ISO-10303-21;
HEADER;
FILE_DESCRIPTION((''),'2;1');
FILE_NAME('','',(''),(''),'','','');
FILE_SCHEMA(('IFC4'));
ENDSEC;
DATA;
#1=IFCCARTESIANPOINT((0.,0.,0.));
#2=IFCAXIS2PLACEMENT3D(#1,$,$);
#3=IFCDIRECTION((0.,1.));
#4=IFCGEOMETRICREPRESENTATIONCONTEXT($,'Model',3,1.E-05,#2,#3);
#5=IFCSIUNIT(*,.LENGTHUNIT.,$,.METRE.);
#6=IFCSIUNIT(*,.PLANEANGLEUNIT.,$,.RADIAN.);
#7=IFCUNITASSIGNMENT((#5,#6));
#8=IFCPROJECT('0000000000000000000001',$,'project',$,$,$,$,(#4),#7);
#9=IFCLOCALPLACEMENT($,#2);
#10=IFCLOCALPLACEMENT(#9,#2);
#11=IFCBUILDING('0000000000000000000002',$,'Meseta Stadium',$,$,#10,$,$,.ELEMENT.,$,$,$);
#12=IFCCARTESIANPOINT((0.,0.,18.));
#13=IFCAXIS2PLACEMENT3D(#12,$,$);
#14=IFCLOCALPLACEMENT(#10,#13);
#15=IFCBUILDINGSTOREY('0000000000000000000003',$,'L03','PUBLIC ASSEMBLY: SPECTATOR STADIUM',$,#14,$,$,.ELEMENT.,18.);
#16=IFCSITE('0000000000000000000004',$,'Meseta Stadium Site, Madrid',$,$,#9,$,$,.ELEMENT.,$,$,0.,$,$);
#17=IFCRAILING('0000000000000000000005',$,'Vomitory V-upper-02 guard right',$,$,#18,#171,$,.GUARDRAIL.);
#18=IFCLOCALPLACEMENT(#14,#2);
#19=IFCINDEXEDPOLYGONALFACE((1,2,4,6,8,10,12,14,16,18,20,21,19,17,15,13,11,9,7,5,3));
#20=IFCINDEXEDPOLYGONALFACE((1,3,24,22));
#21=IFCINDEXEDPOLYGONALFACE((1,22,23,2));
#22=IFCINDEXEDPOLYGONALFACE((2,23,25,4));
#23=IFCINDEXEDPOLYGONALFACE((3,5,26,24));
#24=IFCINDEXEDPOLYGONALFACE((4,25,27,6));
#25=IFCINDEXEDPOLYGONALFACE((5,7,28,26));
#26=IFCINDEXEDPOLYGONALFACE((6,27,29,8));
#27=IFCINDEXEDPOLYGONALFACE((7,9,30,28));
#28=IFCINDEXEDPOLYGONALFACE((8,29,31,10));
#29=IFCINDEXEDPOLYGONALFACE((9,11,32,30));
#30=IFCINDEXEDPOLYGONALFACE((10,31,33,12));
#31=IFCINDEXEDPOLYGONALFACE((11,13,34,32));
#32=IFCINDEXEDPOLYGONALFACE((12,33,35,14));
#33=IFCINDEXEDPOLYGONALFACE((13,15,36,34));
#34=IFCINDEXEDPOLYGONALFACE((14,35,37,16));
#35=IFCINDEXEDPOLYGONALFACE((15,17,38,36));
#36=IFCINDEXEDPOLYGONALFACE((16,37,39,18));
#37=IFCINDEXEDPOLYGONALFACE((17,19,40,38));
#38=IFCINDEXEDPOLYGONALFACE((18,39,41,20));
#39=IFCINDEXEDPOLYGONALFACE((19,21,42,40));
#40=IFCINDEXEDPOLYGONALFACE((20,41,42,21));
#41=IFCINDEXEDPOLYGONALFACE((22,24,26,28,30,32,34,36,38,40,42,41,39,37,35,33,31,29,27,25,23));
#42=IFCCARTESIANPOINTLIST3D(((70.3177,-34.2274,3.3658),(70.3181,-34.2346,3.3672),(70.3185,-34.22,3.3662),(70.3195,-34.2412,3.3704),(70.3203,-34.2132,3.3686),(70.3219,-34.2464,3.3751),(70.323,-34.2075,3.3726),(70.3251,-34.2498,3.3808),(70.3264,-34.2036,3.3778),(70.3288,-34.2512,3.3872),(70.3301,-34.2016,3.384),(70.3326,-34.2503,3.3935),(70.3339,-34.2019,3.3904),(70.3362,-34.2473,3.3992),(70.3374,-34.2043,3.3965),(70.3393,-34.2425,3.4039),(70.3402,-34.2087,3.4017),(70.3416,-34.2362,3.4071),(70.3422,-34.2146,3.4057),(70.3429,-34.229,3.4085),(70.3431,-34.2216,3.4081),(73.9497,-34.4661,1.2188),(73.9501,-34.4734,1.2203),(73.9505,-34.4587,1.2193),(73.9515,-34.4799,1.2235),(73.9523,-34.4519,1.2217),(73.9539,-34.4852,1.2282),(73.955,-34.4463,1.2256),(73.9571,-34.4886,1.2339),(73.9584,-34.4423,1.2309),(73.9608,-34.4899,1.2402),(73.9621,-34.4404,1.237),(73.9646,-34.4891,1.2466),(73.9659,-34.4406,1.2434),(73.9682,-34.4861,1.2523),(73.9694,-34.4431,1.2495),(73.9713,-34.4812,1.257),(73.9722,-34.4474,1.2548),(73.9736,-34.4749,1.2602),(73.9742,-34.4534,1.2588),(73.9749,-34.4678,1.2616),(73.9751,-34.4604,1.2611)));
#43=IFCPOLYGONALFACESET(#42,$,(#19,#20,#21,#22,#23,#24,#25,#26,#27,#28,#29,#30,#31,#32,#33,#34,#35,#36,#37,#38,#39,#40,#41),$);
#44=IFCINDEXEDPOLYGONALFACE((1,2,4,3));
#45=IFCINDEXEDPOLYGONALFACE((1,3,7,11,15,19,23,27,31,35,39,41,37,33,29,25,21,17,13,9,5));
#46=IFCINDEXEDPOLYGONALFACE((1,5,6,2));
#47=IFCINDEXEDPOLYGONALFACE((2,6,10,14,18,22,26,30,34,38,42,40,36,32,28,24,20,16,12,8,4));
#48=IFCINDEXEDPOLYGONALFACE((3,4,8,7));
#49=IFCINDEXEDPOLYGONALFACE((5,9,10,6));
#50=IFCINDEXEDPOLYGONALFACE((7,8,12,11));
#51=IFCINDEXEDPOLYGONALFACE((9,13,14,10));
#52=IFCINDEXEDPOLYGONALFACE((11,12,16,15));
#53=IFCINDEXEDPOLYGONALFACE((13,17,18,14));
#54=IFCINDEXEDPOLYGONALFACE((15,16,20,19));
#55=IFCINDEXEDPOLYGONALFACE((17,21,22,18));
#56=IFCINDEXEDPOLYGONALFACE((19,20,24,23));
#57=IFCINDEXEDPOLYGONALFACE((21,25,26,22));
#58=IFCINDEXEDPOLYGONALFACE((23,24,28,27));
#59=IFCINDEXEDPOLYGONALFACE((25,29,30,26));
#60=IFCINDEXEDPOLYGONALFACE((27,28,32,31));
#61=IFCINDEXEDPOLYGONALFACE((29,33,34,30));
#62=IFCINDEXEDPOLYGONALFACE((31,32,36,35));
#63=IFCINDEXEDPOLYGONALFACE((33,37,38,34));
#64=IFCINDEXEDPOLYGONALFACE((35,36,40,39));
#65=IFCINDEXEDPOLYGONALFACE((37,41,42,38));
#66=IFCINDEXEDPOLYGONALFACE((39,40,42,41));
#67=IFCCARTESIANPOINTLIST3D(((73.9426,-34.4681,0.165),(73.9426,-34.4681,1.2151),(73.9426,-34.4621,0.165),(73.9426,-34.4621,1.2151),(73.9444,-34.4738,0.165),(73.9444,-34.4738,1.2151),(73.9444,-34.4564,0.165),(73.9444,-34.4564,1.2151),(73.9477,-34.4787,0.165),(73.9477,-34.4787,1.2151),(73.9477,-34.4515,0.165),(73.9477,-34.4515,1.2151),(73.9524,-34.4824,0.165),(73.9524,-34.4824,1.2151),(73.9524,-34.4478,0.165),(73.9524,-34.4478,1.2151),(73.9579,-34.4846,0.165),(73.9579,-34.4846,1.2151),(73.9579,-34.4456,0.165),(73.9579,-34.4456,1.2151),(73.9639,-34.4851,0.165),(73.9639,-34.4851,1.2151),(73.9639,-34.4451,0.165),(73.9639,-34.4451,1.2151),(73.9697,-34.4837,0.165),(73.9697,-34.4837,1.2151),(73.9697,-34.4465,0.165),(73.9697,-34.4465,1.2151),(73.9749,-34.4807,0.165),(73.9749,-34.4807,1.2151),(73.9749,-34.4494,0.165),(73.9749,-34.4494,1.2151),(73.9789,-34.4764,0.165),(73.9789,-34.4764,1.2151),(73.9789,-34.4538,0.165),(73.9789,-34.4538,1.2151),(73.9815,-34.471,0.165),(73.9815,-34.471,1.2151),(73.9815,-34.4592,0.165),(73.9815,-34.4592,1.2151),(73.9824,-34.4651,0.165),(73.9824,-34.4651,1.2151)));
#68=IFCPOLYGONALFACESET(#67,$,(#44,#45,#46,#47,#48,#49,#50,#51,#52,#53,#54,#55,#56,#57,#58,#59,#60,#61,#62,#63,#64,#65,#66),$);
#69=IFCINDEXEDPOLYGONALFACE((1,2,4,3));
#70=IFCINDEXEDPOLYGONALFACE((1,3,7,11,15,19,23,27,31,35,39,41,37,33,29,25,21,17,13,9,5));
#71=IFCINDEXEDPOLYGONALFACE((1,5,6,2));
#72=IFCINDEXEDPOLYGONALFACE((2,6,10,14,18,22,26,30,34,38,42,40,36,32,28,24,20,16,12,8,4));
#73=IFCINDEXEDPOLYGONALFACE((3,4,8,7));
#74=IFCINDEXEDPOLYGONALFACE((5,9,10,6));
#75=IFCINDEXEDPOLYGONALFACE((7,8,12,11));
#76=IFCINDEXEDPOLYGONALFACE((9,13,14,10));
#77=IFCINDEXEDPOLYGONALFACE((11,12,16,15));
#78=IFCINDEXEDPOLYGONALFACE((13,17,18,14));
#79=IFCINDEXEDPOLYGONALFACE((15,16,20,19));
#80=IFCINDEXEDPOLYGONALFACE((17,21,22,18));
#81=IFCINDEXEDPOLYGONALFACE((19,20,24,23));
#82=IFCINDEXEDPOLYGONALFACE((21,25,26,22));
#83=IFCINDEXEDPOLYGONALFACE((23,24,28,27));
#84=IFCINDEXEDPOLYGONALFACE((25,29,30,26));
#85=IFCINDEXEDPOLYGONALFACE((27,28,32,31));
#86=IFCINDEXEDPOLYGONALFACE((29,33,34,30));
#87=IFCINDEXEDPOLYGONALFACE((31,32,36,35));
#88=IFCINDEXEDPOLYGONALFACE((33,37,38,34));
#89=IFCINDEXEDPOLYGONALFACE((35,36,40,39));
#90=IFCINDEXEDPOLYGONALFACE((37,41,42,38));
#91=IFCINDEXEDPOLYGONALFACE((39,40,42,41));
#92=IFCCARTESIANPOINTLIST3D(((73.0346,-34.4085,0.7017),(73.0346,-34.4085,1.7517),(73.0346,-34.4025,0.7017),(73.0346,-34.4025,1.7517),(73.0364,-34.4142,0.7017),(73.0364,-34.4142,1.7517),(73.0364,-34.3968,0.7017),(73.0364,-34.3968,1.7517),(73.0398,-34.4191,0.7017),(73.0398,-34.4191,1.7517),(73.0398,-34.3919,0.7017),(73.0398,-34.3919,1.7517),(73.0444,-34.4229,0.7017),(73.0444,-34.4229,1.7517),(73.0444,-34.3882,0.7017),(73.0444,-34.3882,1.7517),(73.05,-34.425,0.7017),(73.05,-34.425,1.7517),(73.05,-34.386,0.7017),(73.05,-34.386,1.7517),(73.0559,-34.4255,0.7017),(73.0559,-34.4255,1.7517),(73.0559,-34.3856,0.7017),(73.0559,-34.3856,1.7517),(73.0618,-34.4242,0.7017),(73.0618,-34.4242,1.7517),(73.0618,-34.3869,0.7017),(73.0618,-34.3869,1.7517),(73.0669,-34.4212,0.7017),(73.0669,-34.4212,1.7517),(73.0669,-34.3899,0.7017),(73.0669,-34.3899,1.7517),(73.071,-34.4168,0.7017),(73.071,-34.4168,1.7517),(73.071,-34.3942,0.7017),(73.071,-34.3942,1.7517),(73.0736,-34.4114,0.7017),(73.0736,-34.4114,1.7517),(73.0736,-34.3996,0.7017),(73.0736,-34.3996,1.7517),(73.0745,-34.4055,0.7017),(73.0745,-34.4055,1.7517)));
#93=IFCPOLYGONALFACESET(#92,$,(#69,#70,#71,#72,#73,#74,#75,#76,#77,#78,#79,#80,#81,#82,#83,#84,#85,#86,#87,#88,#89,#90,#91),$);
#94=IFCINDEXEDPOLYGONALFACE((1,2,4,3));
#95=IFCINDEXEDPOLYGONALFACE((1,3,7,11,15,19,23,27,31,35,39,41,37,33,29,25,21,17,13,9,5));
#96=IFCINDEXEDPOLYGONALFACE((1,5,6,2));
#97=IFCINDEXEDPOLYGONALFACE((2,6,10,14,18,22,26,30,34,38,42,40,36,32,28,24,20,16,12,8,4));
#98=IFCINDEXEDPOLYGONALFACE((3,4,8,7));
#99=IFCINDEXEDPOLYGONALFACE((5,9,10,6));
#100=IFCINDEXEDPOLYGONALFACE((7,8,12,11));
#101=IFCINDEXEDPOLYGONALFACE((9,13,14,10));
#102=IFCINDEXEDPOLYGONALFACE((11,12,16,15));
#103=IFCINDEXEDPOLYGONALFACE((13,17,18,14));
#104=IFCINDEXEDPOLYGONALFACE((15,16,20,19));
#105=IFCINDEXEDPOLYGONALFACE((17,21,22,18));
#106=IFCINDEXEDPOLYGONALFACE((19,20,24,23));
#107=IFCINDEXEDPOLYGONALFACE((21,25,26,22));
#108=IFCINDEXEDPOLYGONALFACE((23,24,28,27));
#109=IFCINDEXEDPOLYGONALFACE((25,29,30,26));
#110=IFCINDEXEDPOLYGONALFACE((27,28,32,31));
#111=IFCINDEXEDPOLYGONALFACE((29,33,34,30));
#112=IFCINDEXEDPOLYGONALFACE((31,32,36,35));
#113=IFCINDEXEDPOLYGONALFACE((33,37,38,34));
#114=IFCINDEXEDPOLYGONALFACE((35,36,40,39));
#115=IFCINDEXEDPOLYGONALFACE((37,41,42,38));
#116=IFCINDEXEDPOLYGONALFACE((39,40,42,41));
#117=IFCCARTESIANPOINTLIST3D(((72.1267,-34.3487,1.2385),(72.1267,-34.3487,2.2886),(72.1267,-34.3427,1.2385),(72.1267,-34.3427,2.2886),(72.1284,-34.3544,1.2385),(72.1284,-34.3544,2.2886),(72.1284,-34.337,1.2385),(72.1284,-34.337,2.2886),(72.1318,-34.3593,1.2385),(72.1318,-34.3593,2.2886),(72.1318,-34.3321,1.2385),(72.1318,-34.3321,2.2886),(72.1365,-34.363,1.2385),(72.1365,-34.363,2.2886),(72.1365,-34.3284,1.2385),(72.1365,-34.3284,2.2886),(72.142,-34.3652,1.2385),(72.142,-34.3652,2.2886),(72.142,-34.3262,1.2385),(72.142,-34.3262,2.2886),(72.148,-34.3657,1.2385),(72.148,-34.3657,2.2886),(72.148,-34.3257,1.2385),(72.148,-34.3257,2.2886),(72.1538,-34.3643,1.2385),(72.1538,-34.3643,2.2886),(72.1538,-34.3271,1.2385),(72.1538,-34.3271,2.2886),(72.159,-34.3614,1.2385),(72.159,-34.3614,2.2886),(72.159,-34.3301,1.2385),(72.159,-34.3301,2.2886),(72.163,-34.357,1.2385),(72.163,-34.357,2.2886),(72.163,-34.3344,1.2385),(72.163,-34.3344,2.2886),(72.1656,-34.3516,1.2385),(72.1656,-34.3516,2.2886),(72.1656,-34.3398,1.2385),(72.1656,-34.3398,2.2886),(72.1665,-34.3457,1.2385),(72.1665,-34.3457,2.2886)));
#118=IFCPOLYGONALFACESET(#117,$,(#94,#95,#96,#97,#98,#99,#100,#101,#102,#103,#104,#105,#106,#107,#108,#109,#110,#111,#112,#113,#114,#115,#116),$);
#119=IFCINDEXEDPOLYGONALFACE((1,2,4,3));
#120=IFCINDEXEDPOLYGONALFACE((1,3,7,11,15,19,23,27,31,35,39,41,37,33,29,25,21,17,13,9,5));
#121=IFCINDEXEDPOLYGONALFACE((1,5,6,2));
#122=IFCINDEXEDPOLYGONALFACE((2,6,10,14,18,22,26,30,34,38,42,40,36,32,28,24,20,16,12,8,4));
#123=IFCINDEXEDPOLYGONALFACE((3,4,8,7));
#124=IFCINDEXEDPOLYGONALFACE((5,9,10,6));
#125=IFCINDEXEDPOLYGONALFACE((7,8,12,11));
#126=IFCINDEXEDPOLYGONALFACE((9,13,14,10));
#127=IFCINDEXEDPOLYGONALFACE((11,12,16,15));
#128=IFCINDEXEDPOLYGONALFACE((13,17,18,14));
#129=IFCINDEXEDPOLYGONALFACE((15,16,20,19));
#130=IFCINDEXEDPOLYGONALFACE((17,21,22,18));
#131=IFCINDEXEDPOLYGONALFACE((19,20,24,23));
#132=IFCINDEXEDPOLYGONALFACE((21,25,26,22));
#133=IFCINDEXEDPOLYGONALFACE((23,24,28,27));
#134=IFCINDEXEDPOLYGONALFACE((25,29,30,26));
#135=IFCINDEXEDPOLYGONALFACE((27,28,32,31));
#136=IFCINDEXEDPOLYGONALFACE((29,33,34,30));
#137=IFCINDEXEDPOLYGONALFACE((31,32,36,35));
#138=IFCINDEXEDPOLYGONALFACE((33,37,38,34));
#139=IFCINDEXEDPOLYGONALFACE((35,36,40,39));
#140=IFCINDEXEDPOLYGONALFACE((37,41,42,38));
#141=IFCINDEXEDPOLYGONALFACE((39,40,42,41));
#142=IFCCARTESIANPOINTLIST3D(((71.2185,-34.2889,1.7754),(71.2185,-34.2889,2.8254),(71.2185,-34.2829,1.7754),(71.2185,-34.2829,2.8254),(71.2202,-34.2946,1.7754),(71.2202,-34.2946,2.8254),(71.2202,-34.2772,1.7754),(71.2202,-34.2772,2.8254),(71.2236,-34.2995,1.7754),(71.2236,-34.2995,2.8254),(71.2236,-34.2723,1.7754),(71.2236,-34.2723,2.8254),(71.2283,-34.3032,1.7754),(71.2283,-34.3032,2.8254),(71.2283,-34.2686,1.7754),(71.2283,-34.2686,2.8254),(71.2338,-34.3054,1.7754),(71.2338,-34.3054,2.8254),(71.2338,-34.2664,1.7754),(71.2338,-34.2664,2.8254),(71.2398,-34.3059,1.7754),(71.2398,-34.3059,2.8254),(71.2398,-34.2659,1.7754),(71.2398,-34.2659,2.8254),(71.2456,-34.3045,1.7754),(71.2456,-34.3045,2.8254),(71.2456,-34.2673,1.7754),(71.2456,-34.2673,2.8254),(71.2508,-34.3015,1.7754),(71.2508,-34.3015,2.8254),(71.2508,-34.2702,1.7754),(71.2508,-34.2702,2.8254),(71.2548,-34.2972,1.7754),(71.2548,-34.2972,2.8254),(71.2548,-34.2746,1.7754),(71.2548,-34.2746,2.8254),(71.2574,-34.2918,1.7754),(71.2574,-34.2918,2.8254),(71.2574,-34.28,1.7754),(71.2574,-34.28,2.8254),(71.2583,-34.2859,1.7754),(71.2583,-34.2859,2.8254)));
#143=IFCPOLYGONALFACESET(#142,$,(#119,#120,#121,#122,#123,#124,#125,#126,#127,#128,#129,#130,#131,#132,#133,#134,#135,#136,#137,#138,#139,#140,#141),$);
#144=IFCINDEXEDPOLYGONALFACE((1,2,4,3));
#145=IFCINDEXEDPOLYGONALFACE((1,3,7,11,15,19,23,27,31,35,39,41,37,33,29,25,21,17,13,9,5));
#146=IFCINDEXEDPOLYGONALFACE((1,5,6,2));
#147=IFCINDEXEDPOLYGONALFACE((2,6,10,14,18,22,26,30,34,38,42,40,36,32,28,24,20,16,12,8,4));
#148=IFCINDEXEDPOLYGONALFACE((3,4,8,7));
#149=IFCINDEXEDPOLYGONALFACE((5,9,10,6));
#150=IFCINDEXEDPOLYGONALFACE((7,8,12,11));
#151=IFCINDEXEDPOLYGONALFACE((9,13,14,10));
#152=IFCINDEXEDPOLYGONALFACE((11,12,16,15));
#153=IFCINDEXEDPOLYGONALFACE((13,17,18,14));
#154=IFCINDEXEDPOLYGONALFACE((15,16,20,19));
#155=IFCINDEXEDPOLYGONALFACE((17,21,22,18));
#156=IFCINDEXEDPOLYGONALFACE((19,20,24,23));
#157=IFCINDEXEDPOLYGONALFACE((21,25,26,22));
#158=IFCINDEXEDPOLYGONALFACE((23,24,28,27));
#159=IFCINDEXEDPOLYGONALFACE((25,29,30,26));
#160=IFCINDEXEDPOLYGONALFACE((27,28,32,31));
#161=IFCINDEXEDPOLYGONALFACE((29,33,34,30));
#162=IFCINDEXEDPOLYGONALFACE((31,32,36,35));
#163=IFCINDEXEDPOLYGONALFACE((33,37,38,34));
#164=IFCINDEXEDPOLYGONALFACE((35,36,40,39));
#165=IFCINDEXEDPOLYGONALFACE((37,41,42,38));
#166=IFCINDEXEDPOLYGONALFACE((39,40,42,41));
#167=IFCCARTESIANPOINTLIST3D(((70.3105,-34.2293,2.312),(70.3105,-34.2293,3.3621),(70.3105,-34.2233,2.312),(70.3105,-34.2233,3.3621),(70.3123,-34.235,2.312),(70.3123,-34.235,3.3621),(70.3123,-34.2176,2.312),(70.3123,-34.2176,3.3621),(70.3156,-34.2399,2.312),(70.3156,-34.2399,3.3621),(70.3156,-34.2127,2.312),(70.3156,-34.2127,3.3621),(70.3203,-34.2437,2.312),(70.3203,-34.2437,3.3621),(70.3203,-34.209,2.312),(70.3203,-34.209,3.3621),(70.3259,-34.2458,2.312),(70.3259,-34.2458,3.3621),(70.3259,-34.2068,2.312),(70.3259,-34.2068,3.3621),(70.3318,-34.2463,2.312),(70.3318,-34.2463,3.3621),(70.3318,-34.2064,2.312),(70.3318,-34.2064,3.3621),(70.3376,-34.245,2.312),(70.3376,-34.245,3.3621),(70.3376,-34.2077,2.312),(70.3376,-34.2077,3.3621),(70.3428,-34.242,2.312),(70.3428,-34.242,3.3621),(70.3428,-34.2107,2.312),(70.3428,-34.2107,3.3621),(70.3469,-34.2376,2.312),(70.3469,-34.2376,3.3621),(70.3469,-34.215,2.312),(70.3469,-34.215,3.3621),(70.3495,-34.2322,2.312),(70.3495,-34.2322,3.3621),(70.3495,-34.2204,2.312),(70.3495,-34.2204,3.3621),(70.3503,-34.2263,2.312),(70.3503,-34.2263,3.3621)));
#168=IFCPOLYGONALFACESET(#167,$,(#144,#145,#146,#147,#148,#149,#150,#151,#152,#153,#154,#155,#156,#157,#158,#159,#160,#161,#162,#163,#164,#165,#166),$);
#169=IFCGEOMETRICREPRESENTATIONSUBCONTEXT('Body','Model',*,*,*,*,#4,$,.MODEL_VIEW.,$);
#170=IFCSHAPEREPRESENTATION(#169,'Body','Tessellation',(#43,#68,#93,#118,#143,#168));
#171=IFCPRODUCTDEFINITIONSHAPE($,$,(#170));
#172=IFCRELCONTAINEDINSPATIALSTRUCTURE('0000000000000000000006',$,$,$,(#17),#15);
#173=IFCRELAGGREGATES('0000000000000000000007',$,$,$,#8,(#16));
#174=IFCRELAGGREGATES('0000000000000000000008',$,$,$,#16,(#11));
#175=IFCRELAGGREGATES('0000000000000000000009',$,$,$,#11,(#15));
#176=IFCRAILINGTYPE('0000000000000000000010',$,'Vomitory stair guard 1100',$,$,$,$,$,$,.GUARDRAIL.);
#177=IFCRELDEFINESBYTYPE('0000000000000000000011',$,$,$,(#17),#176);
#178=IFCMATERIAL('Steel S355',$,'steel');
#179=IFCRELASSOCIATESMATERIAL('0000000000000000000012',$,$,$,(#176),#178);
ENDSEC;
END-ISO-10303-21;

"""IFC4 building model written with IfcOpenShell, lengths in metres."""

from ifc_helpers import new_model, si_unit, direction, frame, origin, origin_2d, place, context, subcontext, project, spatial, circle, extrude, material, type_object, element, save


model = new_model("IFC4")

# Units and contexts
model_context = context("Model", 3, precision=1e-05, world=origin(), true_north=direction((0.0, 1.0)))
body_context = subcontext(model_context, "Body", "Model", "MODEL_VIEW")
ifc_project = project(units=[si_unit("LENGTHUNIT", "METRE"), si_unit("PLANEANGLEUNIT", "RADIAN")], contexts=[model_context])

# Site, building, storey
site_placement = place(None, origin())
site = spatial("IfcSite", under=ifc_project, at=site_placement, Name="Meseta Stadium Site, Madrid", CompositionType="ELEMENT", RefElevation=0.0)
building_placement = place(site_placement, origin())
building = spatial("IfcBuilding", under=site, at=building_placement, Name="Meseta Stadium", CompositionType="ELEMENT")
storey_placement = place(building_placement, frame((0.0, 0.0, 18.0)))
storey = spatial("IfcBuildingStorey", under=building, at=storey_placement, Name="L03", Description="PUBLIC ASSEMBLY: SPECTATOR STADIUM", CompositionType="ELEMENT", Elevation=18.0)

# Railing
ifc_material_1 = material(Name="Steel S355", Category="steel")
railing_type_1 = type_object("IfcRailingType", Name="Vomitory stair guard 1100", PredefinedType="GUARDRAIL", material=ifc_material_1)
for number, where, name in (
    (1, (73.9624, -34.4651, 0.165), "Vomitory V-upper-02 guard right"),
):
    element("IfcRailing", number, at=place(storey_placement, frame(where)), inside=storey, type_object=railing_type_1, Name=name, PredefinedType="GUARDRAIL", context=body_context, shape_type="SweptSolid", body=[
        extrude(circle(Radius=0.0249, at=origin_2d()), frame((0.0, 0.0, 1.0752), z_axis=(-0.859474, 0.056501, 0.508047), x_axis=(-0.065597, -0.997846, 0.0)), (0.0, 0.0, 1.0), 4.2258),
        extrude(circle(Radius=0.02, at=origin_2d()), origin(), (0.0, 0.0, 1.0), 1.05),
        extrude(circle(Radius=0.02, at=origin_2d()), frame((-0.908, 0.0596, 0.5366)), (0.0, 0.0, 1.0), 1.05),
        extrude(circle(Radius=0.02, at=origin_2d()), frame((-1.8159, 0.1194, 1.0735)), (0.0, 0.0, 1.0), 1.05),
        extrude(circle(Radius=0.02, at=origin_2d()), frame((-2.7241, 0.1792, 1.6104)), (0.0, 0.0, 1.0), 1.05),
        extrude(circle(Radius=0.02, at=origin_2d()), frame((-3.6321, 0.2388, 2.147)), (0.0, 0.0, 1.0), 1.05),
    ])

save(model, "model.ifc")
